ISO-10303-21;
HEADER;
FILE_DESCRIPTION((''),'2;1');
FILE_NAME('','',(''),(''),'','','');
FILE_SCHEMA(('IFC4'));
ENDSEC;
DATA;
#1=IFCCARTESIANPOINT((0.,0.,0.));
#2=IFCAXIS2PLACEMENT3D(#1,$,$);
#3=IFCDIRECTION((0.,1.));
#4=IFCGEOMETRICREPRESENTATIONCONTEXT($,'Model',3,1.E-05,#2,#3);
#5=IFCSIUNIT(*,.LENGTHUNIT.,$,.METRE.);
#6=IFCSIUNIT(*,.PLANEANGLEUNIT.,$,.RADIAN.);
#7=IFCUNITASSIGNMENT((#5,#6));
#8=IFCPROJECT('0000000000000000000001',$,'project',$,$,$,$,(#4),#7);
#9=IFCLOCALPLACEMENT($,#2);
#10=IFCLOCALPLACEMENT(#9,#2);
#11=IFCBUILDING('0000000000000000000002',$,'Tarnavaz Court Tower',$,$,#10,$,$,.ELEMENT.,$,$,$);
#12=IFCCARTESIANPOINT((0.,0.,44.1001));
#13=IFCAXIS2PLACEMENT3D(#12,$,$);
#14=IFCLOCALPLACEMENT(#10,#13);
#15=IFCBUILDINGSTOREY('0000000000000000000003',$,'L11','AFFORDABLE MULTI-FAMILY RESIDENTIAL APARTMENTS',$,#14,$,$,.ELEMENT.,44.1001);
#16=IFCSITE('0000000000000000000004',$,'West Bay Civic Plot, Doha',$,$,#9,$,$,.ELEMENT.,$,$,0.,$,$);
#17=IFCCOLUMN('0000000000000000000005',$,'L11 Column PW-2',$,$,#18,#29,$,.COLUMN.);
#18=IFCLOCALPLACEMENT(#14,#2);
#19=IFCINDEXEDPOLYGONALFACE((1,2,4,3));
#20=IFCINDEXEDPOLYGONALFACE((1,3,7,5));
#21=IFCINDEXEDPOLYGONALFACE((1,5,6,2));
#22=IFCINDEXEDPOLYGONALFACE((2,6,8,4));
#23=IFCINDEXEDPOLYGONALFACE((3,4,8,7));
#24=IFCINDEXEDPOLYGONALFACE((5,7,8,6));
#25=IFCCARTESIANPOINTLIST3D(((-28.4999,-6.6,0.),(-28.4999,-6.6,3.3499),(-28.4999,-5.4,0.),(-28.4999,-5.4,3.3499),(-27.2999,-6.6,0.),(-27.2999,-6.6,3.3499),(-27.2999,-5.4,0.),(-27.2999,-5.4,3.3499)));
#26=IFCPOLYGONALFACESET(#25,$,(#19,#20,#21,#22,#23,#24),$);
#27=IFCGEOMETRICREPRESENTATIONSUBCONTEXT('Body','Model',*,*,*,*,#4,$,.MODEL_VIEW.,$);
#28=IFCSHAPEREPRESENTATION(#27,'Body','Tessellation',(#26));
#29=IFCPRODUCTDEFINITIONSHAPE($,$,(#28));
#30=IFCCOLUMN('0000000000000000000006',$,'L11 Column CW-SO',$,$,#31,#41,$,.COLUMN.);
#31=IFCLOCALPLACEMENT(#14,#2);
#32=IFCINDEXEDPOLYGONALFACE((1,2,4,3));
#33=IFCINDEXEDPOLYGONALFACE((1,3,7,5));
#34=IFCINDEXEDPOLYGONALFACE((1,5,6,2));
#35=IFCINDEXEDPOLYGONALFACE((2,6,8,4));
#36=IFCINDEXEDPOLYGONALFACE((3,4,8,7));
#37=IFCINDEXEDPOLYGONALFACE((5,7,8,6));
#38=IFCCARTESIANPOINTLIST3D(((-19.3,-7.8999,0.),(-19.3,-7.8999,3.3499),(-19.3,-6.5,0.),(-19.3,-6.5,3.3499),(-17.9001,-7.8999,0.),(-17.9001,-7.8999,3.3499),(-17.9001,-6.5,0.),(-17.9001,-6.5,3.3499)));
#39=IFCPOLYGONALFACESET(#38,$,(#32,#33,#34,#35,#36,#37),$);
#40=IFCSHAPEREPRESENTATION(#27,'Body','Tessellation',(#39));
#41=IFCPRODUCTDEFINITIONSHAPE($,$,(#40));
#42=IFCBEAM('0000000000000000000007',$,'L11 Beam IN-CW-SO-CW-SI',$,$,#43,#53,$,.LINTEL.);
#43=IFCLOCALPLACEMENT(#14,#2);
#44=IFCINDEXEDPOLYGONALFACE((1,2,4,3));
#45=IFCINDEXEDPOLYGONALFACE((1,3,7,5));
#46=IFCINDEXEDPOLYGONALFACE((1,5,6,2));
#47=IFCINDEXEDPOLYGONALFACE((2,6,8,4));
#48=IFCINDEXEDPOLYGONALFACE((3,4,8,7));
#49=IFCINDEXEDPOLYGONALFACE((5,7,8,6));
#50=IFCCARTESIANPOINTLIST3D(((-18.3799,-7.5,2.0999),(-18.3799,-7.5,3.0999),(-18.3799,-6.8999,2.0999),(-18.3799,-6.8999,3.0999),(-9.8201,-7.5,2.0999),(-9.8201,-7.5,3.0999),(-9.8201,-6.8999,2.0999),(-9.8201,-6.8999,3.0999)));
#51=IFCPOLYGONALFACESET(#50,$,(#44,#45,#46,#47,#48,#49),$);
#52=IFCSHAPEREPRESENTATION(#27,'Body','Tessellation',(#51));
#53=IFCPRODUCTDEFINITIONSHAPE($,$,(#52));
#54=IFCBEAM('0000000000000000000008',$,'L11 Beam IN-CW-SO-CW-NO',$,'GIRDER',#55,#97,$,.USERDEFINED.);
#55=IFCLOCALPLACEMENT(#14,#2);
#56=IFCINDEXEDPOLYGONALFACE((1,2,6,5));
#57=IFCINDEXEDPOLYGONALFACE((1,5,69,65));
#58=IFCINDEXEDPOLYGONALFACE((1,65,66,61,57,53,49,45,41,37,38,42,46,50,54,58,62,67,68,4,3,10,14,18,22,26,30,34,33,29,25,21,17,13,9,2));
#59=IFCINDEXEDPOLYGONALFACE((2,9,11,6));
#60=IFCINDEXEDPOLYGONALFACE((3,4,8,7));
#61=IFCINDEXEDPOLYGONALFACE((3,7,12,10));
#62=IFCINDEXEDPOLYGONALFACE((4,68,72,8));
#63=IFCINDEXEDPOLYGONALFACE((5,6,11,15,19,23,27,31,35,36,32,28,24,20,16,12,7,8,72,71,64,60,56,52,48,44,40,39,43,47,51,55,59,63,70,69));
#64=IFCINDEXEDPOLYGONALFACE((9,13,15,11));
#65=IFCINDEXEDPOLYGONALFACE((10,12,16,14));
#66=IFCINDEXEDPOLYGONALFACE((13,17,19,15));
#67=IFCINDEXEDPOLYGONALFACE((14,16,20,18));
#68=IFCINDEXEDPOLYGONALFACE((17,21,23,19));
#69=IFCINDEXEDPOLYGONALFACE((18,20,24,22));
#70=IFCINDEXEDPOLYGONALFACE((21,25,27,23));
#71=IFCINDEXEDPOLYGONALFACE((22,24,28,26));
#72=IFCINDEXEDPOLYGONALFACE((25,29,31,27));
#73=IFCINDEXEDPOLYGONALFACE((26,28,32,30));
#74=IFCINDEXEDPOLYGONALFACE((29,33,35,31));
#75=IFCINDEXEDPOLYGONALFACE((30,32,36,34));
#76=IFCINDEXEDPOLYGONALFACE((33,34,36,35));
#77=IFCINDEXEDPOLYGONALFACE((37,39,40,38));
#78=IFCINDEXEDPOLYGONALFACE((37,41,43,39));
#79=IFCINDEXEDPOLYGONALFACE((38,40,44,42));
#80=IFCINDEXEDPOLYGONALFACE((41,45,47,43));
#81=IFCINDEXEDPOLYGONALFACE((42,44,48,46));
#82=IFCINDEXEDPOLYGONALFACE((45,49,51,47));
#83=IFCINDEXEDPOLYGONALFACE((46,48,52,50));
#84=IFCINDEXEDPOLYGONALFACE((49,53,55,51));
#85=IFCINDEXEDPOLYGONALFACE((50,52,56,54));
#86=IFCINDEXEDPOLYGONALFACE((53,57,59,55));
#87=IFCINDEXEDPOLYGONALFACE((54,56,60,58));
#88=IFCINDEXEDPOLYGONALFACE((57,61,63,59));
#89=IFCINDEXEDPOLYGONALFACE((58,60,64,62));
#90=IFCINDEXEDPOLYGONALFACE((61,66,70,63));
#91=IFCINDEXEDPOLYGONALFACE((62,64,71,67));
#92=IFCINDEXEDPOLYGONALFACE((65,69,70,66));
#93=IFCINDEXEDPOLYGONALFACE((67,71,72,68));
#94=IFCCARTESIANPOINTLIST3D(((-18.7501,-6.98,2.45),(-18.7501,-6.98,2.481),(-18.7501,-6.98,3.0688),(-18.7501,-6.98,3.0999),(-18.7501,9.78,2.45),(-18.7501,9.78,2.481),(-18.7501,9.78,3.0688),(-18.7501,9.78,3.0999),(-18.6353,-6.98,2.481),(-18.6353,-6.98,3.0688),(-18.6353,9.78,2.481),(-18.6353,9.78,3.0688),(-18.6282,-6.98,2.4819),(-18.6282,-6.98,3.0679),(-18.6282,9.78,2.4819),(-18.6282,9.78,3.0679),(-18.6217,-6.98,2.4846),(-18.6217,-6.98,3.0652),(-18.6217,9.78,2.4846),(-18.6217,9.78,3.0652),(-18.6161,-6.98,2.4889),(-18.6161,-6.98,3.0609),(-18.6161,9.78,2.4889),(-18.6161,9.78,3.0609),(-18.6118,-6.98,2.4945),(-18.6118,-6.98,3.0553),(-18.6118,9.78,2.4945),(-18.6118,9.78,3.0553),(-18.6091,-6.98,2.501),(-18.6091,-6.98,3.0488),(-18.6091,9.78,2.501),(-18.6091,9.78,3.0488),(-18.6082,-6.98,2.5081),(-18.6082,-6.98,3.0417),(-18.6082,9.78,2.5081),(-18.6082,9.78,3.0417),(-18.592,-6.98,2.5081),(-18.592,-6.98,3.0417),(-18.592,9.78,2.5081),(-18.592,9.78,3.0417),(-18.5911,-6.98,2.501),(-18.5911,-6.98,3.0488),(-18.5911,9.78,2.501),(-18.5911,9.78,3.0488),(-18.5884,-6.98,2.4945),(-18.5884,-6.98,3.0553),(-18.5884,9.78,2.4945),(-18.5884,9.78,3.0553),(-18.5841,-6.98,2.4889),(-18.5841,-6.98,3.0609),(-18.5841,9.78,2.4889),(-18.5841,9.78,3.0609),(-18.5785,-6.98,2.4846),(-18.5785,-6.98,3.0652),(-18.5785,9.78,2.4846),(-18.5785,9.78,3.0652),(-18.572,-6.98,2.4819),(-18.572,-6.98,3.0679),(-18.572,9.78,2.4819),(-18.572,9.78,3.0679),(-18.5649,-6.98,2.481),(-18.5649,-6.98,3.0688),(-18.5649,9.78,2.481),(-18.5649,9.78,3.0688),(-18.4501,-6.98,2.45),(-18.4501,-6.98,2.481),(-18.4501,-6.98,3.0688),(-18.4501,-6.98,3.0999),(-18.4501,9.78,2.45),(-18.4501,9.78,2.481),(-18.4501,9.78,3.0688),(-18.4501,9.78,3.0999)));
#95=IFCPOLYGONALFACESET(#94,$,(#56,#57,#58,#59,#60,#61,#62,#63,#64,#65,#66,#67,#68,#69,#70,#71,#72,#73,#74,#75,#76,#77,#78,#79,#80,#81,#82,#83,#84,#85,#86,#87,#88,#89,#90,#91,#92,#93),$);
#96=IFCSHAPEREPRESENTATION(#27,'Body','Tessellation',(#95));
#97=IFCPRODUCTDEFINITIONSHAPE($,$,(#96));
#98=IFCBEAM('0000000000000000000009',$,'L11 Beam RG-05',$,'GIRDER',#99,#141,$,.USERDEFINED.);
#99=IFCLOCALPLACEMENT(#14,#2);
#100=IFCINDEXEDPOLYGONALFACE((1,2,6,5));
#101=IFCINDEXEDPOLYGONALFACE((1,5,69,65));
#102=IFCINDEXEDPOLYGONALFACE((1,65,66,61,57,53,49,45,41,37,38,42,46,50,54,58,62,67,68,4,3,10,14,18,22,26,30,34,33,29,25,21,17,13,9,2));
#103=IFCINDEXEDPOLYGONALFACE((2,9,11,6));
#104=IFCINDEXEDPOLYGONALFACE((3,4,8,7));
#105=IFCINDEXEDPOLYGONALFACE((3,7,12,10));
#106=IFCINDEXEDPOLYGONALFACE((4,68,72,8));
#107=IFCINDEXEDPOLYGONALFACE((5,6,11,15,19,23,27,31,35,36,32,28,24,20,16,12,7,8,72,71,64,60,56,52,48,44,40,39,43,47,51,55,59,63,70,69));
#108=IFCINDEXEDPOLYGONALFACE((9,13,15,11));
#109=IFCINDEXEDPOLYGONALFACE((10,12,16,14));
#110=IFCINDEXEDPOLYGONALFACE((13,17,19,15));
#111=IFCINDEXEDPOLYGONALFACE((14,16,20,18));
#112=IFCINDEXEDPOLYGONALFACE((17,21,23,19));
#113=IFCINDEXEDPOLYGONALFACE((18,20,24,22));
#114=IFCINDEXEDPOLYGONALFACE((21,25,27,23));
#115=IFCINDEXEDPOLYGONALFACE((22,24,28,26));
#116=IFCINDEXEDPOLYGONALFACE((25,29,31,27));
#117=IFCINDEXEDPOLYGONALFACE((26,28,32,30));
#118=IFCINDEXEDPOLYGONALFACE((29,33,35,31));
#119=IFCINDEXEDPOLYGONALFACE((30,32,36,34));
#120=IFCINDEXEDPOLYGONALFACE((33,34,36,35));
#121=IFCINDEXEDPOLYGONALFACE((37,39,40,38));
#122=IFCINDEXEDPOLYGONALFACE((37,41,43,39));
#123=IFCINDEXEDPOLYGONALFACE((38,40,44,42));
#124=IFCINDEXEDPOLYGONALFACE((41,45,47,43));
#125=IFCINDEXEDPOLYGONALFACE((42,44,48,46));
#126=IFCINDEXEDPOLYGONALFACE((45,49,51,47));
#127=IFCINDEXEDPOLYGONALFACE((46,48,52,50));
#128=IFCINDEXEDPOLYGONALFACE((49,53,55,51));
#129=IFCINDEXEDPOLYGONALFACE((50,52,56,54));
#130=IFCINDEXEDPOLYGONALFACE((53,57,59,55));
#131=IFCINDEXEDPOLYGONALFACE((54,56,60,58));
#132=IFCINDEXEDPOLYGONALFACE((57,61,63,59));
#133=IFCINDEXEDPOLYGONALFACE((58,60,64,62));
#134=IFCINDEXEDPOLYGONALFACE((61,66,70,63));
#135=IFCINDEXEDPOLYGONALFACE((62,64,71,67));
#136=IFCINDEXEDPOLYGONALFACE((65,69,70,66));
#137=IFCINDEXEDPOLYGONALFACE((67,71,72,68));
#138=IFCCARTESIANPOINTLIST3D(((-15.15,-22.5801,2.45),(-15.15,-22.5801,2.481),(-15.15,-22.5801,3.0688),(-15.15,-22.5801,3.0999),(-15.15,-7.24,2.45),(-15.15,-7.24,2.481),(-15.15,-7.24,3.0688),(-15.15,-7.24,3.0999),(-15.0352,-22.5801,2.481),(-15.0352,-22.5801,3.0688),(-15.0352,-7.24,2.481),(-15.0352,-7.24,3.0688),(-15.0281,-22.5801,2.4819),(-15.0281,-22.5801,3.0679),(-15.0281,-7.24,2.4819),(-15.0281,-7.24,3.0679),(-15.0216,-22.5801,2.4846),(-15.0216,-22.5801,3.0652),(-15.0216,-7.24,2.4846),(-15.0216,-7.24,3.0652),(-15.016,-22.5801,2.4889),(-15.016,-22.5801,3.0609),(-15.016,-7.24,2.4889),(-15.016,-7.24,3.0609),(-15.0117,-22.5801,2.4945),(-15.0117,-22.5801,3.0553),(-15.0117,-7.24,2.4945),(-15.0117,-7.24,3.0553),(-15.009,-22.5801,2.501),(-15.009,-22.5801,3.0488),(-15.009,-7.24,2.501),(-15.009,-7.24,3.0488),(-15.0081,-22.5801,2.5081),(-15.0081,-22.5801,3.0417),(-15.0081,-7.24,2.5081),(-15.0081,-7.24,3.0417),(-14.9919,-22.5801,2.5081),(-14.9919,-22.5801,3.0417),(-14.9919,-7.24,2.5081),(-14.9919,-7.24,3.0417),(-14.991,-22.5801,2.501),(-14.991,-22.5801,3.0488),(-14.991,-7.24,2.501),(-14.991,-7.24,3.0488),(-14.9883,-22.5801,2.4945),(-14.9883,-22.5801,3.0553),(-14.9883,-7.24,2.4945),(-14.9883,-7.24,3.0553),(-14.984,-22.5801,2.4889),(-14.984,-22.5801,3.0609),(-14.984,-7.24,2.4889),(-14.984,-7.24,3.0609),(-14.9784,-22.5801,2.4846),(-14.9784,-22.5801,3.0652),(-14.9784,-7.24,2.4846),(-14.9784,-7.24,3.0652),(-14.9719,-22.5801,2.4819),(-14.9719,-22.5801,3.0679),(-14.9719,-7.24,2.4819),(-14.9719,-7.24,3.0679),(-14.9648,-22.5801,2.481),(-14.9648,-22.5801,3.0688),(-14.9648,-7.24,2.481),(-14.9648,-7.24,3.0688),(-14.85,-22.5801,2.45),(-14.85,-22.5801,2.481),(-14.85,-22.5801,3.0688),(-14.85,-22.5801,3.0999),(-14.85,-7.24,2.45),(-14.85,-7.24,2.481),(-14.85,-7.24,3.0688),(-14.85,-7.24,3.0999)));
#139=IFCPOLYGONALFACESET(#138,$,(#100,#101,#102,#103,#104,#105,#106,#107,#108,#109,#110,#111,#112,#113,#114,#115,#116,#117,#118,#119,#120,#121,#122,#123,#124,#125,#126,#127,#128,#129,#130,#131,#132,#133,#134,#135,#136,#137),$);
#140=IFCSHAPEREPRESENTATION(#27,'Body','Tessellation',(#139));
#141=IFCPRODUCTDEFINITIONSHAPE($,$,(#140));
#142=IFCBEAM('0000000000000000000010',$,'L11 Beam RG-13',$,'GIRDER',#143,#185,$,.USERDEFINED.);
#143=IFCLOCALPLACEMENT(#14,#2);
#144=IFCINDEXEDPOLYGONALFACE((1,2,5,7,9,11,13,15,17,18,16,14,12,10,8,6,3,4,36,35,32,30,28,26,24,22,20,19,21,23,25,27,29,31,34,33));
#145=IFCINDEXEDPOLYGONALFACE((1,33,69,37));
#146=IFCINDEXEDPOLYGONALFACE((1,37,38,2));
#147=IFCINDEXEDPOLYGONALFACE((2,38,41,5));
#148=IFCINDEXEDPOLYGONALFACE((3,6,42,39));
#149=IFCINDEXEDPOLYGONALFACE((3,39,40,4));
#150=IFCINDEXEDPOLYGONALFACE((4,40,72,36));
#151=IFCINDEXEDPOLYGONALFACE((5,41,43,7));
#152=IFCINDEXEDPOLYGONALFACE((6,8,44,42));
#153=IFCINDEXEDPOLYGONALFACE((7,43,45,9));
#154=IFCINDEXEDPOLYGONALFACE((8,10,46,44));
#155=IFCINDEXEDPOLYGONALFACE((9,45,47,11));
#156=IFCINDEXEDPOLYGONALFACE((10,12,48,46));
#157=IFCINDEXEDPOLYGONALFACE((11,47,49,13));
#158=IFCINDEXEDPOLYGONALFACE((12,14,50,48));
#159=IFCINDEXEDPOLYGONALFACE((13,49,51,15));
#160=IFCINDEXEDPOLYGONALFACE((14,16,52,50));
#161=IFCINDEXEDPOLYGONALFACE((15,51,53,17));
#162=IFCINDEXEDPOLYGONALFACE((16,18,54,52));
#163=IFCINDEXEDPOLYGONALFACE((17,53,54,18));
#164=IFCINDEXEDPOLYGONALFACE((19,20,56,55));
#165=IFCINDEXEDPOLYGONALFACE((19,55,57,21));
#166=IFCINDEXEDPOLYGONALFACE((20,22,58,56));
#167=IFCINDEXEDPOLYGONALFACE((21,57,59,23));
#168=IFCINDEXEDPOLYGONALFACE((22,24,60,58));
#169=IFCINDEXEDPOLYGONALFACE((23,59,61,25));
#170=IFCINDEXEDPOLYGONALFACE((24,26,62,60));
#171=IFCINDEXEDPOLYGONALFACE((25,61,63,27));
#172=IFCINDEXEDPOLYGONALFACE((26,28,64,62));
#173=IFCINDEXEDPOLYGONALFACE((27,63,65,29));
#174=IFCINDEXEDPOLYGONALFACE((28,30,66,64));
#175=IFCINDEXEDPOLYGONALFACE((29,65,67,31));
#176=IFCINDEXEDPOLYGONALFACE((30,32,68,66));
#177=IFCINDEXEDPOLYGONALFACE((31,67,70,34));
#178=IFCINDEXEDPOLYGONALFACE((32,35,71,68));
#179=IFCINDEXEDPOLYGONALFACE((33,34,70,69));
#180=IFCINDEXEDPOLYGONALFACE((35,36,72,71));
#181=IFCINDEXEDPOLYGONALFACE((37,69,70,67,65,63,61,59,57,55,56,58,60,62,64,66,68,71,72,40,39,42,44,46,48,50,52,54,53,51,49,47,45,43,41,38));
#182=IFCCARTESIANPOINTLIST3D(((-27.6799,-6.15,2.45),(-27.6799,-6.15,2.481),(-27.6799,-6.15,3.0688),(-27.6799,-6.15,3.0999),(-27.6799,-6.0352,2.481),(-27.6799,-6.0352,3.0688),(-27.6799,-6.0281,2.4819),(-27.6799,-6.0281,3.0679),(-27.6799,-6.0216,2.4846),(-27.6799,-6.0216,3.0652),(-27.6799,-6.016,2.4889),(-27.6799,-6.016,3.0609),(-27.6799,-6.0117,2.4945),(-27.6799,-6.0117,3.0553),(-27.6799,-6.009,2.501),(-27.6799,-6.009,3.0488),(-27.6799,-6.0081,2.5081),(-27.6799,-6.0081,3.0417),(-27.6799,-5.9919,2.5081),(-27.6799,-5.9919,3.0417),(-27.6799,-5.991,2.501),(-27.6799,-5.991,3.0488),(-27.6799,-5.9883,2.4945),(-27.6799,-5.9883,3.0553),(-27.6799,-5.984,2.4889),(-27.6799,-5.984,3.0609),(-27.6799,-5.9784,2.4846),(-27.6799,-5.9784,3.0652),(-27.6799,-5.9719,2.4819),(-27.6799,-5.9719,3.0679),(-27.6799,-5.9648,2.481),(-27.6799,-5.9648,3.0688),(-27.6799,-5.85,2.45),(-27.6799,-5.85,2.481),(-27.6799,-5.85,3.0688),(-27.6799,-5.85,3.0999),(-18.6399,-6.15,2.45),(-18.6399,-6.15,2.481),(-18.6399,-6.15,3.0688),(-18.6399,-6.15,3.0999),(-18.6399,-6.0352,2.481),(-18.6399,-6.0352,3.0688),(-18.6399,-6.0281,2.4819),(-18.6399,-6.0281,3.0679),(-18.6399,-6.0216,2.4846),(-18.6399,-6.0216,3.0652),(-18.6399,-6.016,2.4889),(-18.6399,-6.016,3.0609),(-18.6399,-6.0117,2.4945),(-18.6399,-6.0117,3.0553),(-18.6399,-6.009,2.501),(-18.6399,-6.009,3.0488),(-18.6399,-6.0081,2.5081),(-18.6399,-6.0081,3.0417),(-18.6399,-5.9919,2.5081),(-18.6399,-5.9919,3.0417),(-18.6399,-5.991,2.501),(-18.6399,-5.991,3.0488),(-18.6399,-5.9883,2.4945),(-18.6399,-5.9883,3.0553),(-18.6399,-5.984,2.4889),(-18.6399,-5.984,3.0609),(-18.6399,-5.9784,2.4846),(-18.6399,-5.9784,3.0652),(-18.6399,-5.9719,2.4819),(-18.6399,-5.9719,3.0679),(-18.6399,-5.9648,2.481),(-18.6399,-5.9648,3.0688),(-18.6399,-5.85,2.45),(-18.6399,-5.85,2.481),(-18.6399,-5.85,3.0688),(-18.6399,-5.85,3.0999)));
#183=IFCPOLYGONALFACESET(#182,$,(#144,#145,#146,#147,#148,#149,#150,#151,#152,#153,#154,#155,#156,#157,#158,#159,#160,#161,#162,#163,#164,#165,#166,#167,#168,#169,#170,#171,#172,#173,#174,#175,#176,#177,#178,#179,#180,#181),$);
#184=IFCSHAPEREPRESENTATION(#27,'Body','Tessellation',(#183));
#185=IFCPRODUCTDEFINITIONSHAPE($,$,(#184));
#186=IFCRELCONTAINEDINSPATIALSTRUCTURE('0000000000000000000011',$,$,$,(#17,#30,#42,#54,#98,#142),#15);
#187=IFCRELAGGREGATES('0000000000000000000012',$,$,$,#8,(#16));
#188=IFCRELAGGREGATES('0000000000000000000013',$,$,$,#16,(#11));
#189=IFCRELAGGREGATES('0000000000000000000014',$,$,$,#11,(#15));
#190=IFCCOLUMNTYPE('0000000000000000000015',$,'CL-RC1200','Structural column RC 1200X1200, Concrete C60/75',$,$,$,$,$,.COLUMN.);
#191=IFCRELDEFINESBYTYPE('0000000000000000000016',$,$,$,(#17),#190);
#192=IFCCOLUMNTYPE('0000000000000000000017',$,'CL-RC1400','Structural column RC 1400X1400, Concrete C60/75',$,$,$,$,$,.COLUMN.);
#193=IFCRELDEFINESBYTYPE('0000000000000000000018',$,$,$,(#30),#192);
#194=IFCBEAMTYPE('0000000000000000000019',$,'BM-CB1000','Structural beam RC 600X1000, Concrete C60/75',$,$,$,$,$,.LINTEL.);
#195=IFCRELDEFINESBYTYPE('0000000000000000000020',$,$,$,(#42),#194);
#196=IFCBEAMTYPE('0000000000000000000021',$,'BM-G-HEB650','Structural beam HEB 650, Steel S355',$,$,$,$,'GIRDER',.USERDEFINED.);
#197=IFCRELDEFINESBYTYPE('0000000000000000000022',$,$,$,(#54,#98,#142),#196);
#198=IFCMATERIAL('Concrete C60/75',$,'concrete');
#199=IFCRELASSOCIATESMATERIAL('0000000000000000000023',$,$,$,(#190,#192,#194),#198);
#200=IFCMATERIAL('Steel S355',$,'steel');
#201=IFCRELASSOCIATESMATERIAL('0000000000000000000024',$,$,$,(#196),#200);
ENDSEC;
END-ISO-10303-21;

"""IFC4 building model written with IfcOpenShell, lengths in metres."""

from ifc_helpers import new_model, si_unit, direction, frame, origin, origin_2d, place, context, subcontext, project, spatial, rectangle, i_section, extrude, material, material_profile, profile_set, type_object, element, save


model = new_model("IFC4")

# Units and contexts
model_context = context("Model", 3, precision=1e-05, world=origin(), true_north=direction((0.0, 1.0)))
body_context = subcontext(model_context, "Body", "Model", "MODEL_VIEW")
ifc_project = project(units=[si_unit("LENGTHUNIT", "METRE"), si_unit("PLANEANGLEUNIT", "RADIAN")], contexts=[model_context])

# Site, building, storey
site_placement = place(None, origin())
site = spatial("IfcSite", under=ifc_project, at=site_placement, Name="West Bay Civic Plot, Doha", CompositionType="ELEMENT", RefElevation=0.0)
building_placement = place(site_placement, origin())
building = spatial("IfcBuilding", under=site, at=building_placement, Name="Tarnavaz Court Tower", CompositionType="ELEMENT")
storey_placement = place(building_placement, frame((0.0, 0.0, 44.1001)))
storey = spatial("IfcBuildingStorey", under=building, at=storey_placement, Name="L11", Description="AFFORDABLE MULTI-FAMILY RESIDENTIAL APARTMENTS", CompositionType="ELEMENT", Elevation=44.1001)

# Columns
ifc_material_1 = material(Name="Concrete C60/75", Category="concrete")
ifc_material_profile_1 = material_profile(ifc_material_1, rectangle(XDim=1.2, YDim=1.2, at=origin_2d()), Name="RC 1200X1200")
ifc_profile_set_1 = profile_set([ifc_material_profile_1], Name="Concrete C60/75")
column_type_1 = type_object("IfcColumnType", Name="CL-RC1200", Description="Structural column RC 1200X1200, Concrete C60/75", PredefinedType="COLUMN", material=ifc_profile_set_1)
column_1_placement = place(storey_placement, frame((-27.8999, -6.0, 0.0), z_axis=(0.0, 0.0, 1.0), x_axis=(1.0, 0.0, 0.0)))
element("IfcColumn", 1, at=column_1_placement, inside=storey, type_object=column_type_1, Name="L11 Column PW-2", PredefinedType="COLUMN", context=body_context, shape_type="SweptSolid", body=[
    extrude(rectangle(XDim=1.2, YDim=1.2, at=origin_2d()), origin(), (0.0, 0.0, 1.0), 3.3499),
])
ifc_material_profile_2 = material_profile(ifc_material_1, rectangle(XDim=1.3999, YDim=1.3999, at=origin_2d()), Name="RC 1400X1400")
ifc_profile_set_2 = profile_set([ifc_material_profile_2], Name="Concrete C60/75")
column_type_2 = type_object("IfcColumnType", Name="CL-RC1400", Description="Structural column RC 1400X1400, Concrete C60/75", PredefinedType="COLUMN", material=ifc_profile_set_2)
column_2_placement = place(storey_placement, frame((-18.6001, -7.2, 0.0), z_axis=(0.0, 0.0, 1.0), x_axis=(1.0, 0.0, 0.0)))
element("IfcColumn", 2, at=column_2_placement, inside=storey, type_object=column_type_2, Name="L11 Column CW-SO", PredefinedType="COLUMN", context=body_context, shape_type="SweptSolid", body=[
    extrude(rectangle(XDim=1.3999, YDim=1.3999, at=origin_2d()), origin(), (0.0, 0.0, 1.0), 3.3499),
])

# Beams
ifc_material_profile_3 = material_profile(ifc_material_1, rectangle(XDim=0.6001, YDim=1.0, at=origin_2d()), Name="RC 600X1000")
ifc_profile_set_3 = profile_set([ifc_material_profile_3], Name="Concrete C60/75")
beam_type_1 = type_object("IfcBeamType", Name="BM-CB1000", Description="Structural beam RC 600X1000, Concrete C60/75", PredefinedType="LINTEL", material=ifc_profile_set_3)
beam_1_placement = place(storey_placement, frame((-18.3799, -7.2, 2.5999), z_axis=(1.0, 0.0, 0.0), x_axis=(0.0, 1.0, 0.0)))
element("IfcBeam", 3, at=beam_1_placement, inside=storey, type_object=beam_type_1, Name="L11 Beam IN-CW-SO-CW-SI", PredefinedType="LINTEL", context=body_context, shape_type="SweptSolid", body=[
    extrude(rectangle(XDim=0.6001, YDim=1.0, at=origin_2d()), origin(), (0.0, 0.0, 1.0), 8.5598),
])
ifc_material_2 = material(Name="Steel S355", Category="steel")
ifc_material_profile_4 = material_profile(ifc_material_2, i_section(OverallWidth=0.3, OverallDepth=0.6499, WebThickness=0.0161, FlangeThickness=0.031, FilletRadius=0.0271, at=origin_2d()), Name="HEB 650")
ifc_profile_set_4 = profile_set([ifc_material_profile_4], Name="Steel S355")
beam_type_2 = type_object("IfcBeamType", Name="BM-G-HEB650", Description="Structural beam HEB 650, Steel S355", ElementType="GIRDER", PredefinedType="USERDEFINED", material=ifc_profile_set_4)
beam_2_placement = place(storey_placement, frame((-18.6001, -6.98, 2.7749), z_axis=(0.0, 1.0, 0.0), x_axis=(-1.0, 0.0, 0.0)))
element("IfcBeam", 4, at=beam_2_placement, inside=storey, type_object=beam_type_2, Name="L11 Beam IN-CW-SO-CW-NO", ObjectType="GIRDER", PredefinedType="USERDEFINED", context=body_context, shape_type="SweptSolid", body=[
    extrude(i_section(OverallWidth=0.3, OverallDepth=0.6499, WebThickness=0.0161, FlangeThickness=0.031, FilletRadius=0.0271, at=origin_2d()), origin(), (0.0, 0.0, 1.0), 16.76),
])
beam_3_placement = place(storey_placement, frame((-15.0, -7.24, 2.7749), z_axis=(0.0, -1.0, 0.0), x_axis=(1.0, 0.0, 0.0)))
element("IfcBeam", 5, at=beam_3_placement, inside=storey, type_object=beam_type_2, Name="L11 Beam RG-05", ObjectType="GIRDER", PredefinedType="USERDEFINED", context=body_context, shape_type="SweptSolid", body=[
    extrude(i_section(OverallWidth=0.3, OverallDepth=0.6499, WebThickness=0.0161, FlangeThickness=0.031, FilletRadius=0.0271, at=origin_2d()), origin(), (0.0, 0.0, 1.0), 15.3401),
])
beam_4_placement = place(storey_placement, frame((-18.6399, -6.0, 2.7749), z_axis=(-1.0, 0.0, 0.0), x_axis=(0.0, -1.0, 0.0)))
element("IfcBeam", 6, at=beam_4_placement, inside=storey, type_object=beam_type_2, Name="L11 Beam RG-13", ObjectType="GIRDER", PredefinedType="USERDEFINED", context=body_context, shape_type="SweptSolid", body=[
    extrude(i_section(OverallWidth=0.3, OverallDepth=0.6499, WebThickness=0.0161, FlangeThickness=0.031, FilletRadius=0.0271, at=origin_2d()), origin(), (0.0, 0.0, 1.0), 9.04),
])

save(model, "model.ifc")
